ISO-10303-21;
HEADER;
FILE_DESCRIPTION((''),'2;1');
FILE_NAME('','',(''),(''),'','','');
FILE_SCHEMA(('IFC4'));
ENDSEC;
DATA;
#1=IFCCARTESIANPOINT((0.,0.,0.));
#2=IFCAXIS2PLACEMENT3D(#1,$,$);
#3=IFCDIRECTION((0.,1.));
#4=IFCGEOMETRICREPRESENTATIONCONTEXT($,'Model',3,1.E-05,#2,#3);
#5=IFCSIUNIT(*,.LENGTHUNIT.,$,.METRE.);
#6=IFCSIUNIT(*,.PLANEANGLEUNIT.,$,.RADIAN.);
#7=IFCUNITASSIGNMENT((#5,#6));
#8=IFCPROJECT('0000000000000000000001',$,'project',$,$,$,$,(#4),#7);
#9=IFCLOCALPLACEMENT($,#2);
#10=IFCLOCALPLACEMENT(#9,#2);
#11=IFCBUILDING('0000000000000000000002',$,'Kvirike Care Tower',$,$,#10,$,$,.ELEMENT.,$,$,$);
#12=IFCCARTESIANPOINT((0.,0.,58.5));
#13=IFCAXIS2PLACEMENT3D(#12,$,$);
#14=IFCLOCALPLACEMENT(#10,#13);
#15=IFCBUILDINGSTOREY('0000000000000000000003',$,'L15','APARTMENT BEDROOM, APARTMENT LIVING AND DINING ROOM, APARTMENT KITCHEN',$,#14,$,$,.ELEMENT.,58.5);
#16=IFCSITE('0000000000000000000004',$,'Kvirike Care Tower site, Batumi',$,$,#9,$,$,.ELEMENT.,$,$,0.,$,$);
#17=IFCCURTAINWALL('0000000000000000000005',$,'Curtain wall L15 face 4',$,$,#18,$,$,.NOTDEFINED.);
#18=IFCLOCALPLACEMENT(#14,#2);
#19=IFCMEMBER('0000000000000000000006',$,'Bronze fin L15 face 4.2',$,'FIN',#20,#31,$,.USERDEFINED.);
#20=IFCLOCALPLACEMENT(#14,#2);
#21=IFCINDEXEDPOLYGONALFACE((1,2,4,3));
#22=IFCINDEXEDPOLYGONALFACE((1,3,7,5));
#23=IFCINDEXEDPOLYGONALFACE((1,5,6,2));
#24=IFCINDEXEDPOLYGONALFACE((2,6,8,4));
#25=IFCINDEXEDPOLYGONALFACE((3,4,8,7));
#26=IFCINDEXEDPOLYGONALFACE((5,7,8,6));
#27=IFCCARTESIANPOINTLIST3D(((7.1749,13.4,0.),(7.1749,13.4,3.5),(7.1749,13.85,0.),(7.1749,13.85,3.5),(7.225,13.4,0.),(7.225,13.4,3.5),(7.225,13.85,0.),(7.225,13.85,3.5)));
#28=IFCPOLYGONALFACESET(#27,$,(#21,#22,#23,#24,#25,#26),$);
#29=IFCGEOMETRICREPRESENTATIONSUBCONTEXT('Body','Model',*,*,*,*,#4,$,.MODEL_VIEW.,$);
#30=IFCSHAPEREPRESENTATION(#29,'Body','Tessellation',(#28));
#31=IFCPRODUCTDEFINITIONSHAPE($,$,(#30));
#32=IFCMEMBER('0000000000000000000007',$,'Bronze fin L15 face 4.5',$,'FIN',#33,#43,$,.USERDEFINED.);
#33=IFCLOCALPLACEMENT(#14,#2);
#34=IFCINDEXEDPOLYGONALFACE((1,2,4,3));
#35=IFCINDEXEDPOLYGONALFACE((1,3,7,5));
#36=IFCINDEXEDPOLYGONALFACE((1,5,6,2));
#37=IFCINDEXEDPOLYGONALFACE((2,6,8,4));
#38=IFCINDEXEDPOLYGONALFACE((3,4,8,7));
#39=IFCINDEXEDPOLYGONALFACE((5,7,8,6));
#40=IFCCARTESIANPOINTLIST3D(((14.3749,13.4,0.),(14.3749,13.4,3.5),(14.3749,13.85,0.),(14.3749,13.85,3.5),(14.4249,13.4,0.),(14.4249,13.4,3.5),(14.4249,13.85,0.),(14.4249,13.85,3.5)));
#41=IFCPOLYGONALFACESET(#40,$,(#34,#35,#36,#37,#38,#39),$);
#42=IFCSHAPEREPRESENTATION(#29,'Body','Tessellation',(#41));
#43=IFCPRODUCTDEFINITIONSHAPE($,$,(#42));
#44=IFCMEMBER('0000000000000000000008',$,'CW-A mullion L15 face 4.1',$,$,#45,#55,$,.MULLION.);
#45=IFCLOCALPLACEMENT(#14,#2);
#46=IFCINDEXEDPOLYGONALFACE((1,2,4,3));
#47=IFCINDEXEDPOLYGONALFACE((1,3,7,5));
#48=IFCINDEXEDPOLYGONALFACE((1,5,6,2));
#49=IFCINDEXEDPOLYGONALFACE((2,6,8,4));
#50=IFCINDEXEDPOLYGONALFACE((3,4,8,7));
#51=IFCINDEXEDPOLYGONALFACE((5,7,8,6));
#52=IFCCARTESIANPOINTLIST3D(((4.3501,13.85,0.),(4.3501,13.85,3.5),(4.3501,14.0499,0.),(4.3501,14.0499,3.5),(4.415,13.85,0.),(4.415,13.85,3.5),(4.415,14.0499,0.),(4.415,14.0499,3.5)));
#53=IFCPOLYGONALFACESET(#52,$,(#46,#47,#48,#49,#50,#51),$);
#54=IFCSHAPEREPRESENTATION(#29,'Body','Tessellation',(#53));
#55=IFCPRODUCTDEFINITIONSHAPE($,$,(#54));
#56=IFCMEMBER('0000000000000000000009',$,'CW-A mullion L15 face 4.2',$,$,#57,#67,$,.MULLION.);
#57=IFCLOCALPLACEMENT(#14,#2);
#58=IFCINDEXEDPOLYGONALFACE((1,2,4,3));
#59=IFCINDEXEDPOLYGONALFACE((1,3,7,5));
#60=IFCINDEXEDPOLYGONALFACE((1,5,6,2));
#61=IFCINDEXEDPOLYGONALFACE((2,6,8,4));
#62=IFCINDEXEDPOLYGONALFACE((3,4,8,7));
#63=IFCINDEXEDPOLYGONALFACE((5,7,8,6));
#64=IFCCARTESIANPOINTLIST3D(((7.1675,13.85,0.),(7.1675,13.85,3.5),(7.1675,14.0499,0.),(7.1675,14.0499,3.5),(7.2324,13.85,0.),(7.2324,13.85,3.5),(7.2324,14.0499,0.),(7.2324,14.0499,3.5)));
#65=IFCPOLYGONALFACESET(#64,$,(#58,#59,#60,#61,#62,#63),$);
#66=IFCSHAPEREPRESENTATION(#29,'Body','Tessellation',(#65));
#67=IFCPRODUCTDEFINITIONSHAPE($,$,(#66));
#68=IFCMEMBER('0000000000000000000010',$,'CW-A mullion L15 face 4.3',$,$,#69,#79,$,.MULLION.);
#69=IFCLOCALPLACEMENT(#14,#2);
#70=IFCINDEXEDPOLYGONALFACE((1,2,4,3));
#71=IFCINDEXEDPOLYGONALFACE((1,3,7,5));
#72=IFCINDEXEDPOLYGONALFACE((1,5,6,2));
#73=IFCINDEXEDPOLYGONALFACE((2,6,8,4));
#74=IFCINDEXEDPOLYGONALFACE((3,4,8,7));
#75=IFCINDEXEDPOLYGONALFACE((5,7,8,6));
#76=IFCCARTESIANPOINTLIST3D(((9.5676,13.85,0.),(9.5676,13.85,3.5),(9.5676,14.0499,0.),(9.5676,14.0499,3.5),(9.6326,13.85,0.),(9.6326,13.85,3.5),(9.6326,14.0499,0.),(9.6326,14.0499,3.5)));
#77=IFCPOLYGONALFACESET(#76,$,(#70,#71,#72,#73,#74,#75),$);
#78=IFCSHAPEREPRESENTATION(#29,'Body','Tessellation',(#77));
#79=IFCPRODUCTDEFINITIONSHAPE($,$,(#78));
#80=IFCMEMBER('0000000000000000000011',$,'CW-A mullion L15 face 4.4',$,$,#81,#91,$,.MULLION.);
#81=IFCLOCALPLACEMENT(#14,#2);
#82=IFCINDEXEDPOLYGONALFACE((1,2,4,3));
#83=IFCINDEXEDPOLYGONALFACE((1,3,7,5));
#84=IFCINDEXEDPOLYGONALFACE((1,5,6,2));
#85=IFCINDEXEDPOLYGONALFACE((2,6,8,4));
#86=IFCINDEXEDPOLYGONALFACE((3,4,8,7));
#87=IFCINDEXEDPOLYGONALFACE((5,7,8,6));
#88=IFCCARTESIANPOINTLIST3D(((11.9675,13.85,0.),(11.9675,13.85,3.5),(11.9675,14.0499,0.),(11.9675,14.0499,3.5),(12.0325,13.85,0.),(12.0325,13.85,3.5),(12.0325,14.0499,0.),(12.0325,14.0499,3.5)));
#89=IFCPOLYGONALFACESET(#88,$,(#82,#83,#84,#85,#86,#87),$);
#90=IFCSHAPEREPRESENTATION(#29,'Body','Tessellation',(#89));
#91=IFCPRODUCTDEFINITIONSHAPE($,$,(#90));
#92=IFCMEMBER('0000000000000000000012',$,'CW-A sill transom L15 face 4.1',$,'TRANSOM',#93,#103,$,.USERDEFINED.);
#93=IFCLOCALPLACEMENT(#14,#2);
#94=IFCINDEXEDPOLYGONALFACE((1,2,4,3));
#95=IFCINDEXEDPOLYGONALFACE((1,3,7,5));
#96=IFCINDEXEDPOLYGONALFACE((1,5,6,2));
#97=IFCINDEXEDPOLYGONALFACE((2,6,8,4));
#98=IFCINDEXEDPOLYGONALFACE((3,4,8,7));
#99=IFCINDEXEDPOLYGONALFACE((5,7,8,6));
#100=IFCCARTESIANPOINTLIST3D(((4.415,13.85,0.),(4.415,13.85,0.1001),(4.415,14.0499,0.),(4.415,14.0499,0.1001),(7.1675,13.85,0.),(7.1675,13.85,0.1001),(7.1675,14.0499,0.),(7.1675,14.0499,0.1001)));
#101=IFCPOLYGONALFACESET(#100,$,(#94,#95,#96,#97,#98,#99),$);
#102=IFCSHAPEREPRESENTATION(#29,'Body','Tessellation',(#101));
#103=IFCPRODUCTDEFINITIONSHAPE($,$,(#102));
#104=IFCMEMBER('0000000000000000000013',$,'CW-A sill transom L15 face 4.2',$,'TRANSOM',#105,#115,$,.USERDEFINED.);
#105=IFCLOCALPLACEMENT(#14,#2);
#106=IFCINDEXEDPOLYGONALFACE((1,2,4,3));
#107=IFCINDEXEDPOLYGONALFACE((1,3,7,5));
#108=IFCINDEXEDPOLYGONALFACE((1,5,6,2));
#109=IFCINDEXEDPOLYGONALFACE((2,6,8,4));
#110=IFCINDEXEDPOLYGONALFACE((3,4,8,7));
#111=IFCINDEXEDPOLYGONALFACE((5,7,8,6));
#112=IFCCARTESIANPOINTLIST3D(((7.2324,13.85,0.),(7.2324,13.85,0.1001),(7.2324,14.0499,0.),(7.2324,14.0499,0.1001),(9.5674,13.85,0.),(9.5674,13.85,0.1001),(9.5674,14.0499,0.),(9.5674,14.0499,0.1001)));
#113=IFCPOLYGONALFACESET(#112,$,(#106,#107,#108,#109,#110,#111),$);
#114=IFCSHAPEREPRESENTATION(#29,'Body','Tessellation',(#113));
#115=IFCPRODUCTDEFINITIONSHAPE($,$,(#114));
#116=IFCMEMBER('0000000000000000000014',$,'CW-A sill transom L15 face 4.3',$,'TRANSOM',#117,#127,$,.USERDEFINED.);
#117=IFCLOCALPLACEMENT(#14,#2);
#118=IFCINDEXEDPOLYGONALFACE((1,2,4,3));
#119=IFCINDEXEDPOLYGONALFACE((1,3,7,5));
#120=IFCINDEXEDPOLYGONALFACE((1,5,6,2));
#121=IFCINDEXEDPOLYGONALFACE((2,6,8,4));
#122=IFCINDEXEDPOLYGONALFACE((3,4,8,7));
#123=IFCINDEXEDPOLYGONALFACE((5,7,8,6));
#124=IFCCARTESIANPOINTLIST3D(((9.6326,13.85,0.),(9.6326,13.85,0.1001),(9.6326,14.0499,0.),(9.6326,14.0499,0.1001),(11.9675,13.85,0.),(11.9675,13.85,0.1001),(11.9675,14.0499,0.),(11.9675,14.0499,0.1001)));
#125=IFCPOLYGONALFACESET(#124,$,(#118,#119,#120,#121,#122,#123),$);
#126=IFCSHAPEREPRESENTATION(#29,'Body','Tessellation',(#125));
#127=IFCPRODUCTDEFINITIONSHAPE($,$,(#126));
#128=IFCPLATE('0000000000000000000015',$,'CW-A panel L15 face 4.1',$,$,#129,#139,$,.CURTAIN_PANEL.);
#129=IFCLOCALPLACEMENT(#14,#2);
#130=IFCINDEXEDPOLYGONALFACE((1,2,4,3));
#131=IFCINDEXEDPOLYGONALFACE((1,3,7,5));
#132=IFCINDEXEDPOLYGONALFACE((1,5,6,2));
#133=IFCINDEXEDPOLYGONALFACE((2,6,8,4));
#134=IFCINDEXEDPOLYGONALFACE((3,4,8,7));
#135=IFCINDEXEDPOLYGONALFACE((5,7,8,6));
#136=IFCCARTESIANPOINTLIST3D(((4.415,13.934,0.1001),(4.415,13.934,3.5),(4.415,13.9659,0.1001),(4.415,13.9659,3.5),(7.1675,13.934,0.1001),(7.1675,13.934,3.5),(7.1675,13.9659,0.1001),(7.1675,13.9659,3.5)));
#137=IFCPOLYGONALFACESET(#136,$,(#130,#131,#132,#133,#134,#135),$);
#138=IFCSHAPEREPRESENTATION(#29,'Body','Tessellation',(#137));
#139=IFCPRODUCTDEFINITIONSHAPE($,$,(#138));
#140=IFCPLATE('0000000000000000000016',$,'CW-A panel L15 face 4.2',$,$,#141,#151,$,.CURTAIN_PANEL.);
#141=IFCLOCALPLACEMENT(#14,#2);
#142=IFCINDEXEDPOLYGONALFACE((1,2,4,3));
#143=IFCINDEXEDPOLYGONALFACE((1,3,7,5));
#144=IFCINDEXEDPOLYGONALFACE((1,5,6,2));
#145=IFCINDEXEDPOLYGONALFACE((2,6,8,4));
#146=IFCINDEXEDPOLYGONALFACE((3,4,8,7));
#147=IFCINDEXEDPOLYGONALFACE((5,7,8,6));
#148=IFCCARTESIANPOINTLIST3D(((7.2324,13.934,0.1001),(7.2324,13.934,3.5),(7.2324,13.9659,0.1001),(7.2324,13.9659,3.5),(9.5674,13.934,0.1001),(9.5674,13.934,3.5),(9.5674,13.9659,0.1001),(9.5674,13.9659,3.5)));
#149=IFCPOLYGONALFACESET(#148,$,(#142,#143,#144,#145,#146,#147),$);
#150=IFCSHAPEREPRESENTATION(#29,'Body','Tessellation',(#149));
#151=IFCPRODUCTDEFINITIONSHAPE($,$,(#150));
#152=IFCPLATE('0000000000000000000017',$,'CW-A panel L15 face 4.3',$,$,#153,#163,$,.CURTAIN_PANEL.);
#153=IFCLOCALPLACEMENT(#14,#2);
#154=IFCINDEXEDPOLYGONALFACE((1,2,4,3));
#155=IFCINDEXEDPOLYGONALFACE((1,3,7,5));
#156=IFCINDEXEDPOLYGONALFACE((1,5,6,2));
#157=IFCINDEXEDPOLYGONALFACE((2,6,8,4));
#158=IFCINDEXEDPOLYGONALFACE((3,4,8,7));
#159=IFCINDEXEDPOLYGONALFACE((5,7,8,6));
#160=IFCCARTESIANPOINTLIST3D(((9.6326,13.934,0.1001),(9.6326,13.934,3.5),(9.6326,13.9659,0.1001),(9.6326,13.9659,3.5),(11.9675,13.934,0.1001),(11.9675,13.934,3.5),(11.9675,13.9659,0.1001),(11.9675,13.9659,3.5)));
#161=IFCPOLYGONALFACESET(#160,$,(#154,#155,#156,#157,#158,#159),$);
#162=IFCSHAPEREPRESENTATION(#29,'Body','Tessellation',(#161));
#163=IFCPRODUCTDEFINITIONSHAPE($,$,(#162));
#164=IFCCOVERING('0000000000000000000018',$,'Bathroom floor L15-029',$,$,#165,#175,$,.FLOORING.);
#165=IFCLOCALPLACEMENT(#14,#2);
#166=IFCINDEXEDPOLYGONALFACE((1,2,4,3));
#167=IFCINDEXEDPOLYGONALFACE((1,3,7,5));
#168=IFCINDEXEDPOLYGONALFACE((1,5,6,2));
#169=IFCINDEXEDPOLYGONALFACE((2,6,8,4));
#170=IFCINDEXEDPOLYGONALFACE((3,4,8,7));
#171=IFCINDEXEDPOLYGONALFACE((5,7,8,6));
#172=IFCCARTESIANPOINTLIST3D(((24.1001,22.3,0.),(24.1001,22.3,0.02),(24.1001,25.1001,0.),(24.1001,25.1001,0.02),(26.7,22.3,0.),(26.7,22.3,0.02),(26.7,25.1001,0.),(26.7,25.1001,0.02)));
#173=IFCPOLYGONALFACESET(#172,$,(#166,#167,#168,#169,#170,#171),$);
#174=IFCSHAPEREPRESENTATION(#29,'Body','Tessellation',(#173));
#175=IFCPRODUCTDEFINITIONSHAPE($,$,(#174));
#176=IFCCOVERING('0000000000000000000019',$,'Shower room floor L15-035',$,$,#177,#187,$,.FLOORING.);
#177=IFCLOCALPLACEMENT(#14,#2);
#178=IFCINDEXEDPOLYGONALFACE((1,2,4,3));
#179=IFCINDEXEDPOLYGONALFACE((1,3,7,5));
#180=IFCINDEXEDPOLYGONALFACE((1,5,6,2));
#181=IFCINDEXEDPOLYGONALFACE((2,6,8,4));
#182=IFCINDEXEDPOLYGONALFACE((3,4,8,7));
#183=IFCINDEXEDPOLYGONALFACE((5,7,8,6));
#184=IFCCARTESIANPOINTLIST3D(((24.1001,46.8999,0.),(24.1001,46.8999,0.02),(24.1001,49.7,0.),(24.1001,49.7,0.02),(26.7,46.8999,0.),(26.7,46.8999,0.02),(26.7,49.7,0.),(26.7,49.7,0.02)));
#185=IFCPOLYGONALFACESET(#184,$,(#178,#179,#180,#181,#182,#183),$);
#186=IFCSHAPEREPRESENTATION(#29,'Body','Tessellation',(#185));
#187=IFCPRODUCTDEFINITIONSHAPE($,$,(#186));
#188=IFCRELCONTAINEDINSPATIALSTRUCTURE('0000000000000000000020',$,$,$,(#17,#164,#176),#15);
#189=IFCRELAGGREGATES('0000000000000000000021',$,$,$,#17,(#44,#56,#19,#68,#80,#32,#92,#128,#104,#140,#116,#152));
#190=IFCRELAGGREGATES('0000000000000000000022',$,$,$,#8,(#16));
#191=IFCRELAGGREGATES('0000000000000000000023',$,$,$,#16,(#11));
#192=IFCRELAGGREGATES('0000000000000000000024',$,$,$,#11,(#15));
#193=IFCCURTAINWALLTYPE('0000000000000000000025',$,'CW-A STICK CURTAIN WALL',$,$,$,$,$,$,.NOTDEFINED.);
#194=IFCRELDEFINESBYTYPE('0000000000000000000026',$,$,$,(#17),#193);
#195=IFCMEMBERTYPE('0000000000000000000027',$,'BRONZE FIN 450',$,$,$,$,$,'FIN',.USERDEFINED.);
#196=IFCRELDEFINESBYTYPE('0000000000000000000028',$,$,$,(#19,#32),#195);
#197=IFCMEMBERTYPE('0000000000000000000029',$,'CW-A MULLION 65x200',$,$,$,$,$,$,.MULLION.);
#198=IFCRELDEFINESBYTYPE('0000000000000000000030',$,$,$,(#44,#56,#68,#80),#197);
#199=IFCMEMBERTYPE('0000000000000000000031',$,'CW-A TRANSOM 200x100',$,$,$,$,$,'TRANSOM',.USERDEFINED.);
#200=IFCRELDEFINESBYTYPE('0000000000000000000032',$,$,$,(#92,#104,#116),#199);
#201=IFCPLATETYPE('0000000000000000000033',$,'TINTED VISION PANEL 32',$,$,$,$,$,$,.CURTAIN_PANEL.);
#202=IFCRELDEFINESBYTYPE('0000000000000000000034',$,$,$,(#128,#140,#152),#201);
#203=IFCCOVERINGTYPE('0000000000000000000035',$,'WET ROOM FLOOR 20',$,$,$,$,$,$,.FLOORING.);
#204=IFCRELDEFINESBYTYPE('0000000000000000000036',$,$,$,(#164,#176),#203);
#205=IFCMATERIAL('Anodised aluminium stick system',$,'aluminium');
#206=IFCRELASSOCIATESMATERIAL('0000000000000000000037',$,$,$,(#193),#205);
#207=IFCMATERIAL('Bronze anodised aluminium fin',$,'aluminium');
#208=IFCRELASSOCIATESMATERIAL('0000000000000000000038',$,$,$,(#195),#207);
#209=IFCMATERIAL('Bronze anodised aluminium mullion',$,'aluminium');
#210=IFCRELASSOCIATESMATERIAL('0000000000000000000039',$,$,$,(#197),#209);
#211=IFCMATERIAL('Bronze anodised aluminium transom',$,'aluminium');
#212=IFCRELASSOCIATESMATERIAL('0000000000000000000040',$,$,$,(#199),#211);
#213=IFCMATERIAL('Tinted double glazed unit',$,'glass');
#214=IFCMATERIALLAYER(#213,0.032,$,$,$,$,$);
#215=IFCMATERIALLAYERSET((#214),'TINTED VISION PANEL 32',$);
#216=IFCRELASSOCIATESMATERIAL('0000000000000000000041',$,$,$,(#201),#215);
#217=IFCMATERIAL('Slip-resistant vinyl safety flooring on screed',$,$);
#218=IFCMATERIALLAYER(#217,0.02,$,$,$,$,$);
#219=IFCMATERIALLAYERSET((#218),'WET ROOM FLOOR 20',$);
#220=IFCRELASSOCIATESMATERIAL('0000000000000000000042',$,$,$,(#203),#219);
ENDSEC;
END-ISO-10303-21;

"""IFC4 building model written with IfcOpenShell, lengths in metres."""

from ifc_helpers import new_model, si_unit, direction, frame, origin, origin_2d, place, context, subcontext, project, spatial, polyline, rectangle, outline, extrude, material, layer, layer_set, material_profile, profile_set, type_object, element, aggregate, save


model = new_model("IFC4")

# Units and contexts
model_context = context("Model", 3, precision=1e-05, world=origin(), true_north=direction((0.0, 1.0)))
body_context = subcontext(model_context, "Body", "Model", "MODEL_VIEW")
ifc_project = project(units=[si_unit("LENGTHUNIT", "METRE"), si_unit("PLANEANGLEUNIT", "RADIAN")], contexts=[model_context])

# Site, building, storey
site_placement = place(None, origin())
site = spatial("IfcSite", under=ifc_project, at=site_placement, Name="Kvirike Care Tower site, Batumi", CompositionType="ELEMENT", RefElevation=0.0)
building_placement = place(site_placement, origin())
building = spatial("IfcBuilding", under=site, at=building_placement, Name="Kvirike Care Tower", CompositionType="ELEMENT")
storey_placement = place(building_placement, frame((0.0, 0.0, 58.5)))
storey = spatial("IfcBuildingStorey", under=building, at=storey_placement, Name="L15", Description="APARTMENT BEDROOM, APARTMENT LIVING AND DINING ROOM, APARTMENT KITCHEN", CompositionType="ELEMENT", Elevation=58.5)

# Curtain wall, members, plates
ifc_material_1 = material(Name="Anodised aluminium stick system", Category="aluminium")
curtain_wall_type = type_object("IfcCurtainWallType", Name="CW-A STICK CURTAIN WALL", PredefinedType="NOTDEFINED", material=ifc_material_1)
curtain_wall_placement = place(storey_placement, origin())
curtain_wall = element("IfcCurtainWall", 1, at=curtain_wall_placement, inside=storey, type_object=curtain_wall_type, Name="Curtain wall L15 face 4", PredefinedType="NOTDEFINED")
ifc_material_2 = material(Name="Bronze anodised aluminium fin", Category="aluminium")
ifc_material_profile_1 = material_profile(ifc_material_2, rectangle(XDim=0.05, YDim=0.45, at=origin_2d()), Name="BRONZE FIN 450")
ifc_profile_set_1 = profile_set([ifc_material_profile_1], Name="Bronze anodised aluminium fin")
member_type_1 = type_object("IfcMemberType", Name="BRONZE FIN 450", ElementType="FIN", PredefinedType="USERDEFINED", material=ifc_profile_set_1)
member_1_placement = place(storey_placement, frame((7.2, 13.625, 0.0), z_axis=(0.0, 0.0, 1.0), x_axis=(1.0, 0.0, 0.0)))
member_1 = element("IfcMember", 2, at=member_1_placement, type_object=member_type_1, Name="Bronze fin L15 face 4.2", ObjectType="FIN", PredefinedType="USERDEFINED", context=body_context, shape_type="SweptSolid", body=[
    extrude(rectangle(XDim=0.05, YDim=0.45, at=origin_2d()), origin(), (0.0, 0.0, 1.0), 3.5),
])
member_2_placement = place(storey_placement, frame((14.3999, 13.625, 0.0), z_axis=(0.0, 0.0, 1.0), x_axis=(1.0, 0.0, 0.0)))
member_2 = element("IfcMember", 3, at=member_2_placement, type_object=member_type_1, Name="Bronze fin L15 face 4.5", ObjectType="FIN", PredefinedType="USERDEFINED", context=body_context, shape_type="SweptSolid", body=[
    extrude(rectangle(XDim=0.05, YDim=0.45, at=origin_2d()), origin(), (0.0, 0.0, 1.0), 3.5),
])
ifc_material_3 = material(Name="Bronze anodised aluminium mullion", Category="aluminium")
ifc_material_profile_2 = material_profile(ifc_material_3, rectangle(XDim=0.0649, YDim=0.2, at=origin_2d()), Name="CW-A MULLION 65x200")
ifc_profile_set_2 = profile_set([ifc_material_profile_2], Name="Bronze anodised aluminium mullion")
member_type_2 = type_object("IfcMemberType", Name="CW-A MULLION 65x200", PredefinedType="MULLION", material=ifc_profile_set_2)
member_3_placement = place(storey_placement, frame((4.3826, 13.95, 0.0), z_axis=(0.0, 0.0, 1.0), x_axis=(1.0, 0.0, 0.0)))
member_3 = element("IfcMember", 4, at=member_3_placement, type_object=member_type_2, Name="CW-A mullion L15 face 4.1", PredefinedType="MULLION", context=body_context, shape_type="SweptSolid", body=[
    extrude(rectangle(XDim=0.0649, YDim=0.2, at=origin_2d()), origin(), (0.0, 0.0, 1.0), 3.5),
])
member_4_placement = place(storey_placement, frame((7.2, 13.95, 0.0), z_axis=(0.0, 0.0, 1.0), x_axis=(1.0, 0.0, 0.0)))
member_4 = element("IfcMember", 5, at=member_4_placement, type_object=member_type_2, Name="CW-A mullion L15 face 4.2", PredefinedType="MULLION", context=body_context, shape_type="SweptSolid", body=[
    extrude(rectangle(XDim=0.0649, YDim=0.2, at=origin_2d()), origin(), (0.0, 0.0, 1.0), 3.5),
])
member_5_placement = place(storey_placement, frame((9.6001, 13.95, 0.0), z_axis=(0.0, 0.0, 1.0), x_axis=(1.0, 0.0, 0.0)))
member_5 = element("IfcMember", 6, at=member_5_placement, type_object=member_type_2, Name="CW-A mullion L15 face 4.3", PredefinedType="MULLION", context=body_context, shape_type="SweptSolid", body=[
    extrude(rectangle(XDim=0.0649, YDim=0.2, at=origin_2d()), origin(), (0.0, 0.0, 1.0), 3.5),
])
member_6_placement = place(storey_placement, frame((12.0, 13.95, 0.0), z_axis=(0.0, 0.0, 1.0), x_axis=(1.0, 0.0, 0.0)))
member_6 = element("IfcMember", 7, at=member_6_placement, type_object=member_type_2, Name="CW-A mullion L15 face 4.4", PredefinedType="MULLION", context=body_context, shape_type="SweptSolid", body=[
    extrude(rectangle(XDim=0.0649, YDim=0.2, at=origin_2d()), origin(), (0.0, 0.0, 1.0), 3.5),
])
ifc_material_4 = material(Name="Bronze anodised aluminium transom", Category="aluminium")
ifc_material_profile_3 = material_profile(ifc_material_4, rectangle(XDim=0.2, YDim=0.1001, at=origin_2d()), Name="CW-A TRANSOM 200x100")
ifc_profile_set_3 = profile_set([ifc_material_profile_3], Name="Bronze anodised aluminium transom")
member_type_3 = type_object("IfcMemberType", Name="CW-A TRANSOM 200x100", ElementType="TRANSOM", PredefinedType="USERDEFINED", material=ifc_profile_set_3)
member_7_placement = place(storey_placement, frame((4.415, 13.95, 0.05), z_axis=(1.0, 0.0, 0.0), x_axis=(0.0, 1.0, 0.0)))
member_7 = element("IfcMember", 8, at=member_7_placement, type_object=member_type_3, Name="CW-A sill transom L15 face 4.1", ObjectType="TRANSOM", PredefinedType="USERDEFINED", context=body_context, shape_type="SweptSolid", body=[
    extrude(rectangle(XDim=0.2, YDim=0.1001, at=origin_2d()), origin(), (0.0, 0.0, 1.0), 2.7524),
])
member_8_placement = place(storey_placement, frame((7.2324, 13.95, 0.05), z_axis=(1.0, 0.0, 0.0), x_axis=(0.0, 1.0, 0.0)))
member_8 = element("IfcMember", 9, at=member_8_placement, type_object=member_type_3, Name="CW-A sill transom L15 face 4.2", ObjectType="TRANSOM", PredefinedType="USERDEFINED", context=body_context, shape_type="SweptSolid", body=[
    extrude(rectangle(XDim=0.2, YDim=0.1001, at=origin_2d()), origin(), (0.0, 0.0, 1.0), 2.335),
])
member_9_placement = place(storey_placement, frame((9.6326, 13.95, 0.05), z_axis=(1.0, 0.0, 0.0), x_axis=(0.0, 1.0, 0.0)))
member_9 = element("IfcMember", 10, at=member_9_placement, type_object=member_type_3, Name="CW-A sill transom L15 face 4.3", ObjectType="TRANSOM", PredefinedType="USERDEFINED", context=body_context, shape_type="SweptSolid", body=[
    extrude(rectangle(XDim=0.2, YDim=0.1001, at=origin_2d()), origin(), (0.0, 0.0, 1.0), 2.335),
])
ifc_material_5 = material(Name="Tinted double glazed unit", Category="glass")
ifc_layer_1 = layer(ifc_material_5, 0.032)
ifc_layer_set_1 = layer_set([ifc_layer_1], Name="TINTED VISION PANEL 32")
plate_type = type_object("IfcPlateType", Name="TINTED VISION PANEL 32", PredefinedType="CURTAIN_PANEL", material=ifc_layer_set_1)
plate_1_placement = place(storey_placement, frame((5.7913, 13.95, 0.1001), z_axis=(0.0, 0.0, 1.0), x_axis=(1.0, 0.0, 0.0)))
plate_1 = element("IfcPlate", 11, at=plate_1_placement, type_object=plate_type, Name="CW-A panel L15 face 4.1", PredefinedType="CURTAIN_PANEL", context=body_context, shape_type="SweptSolid", body=[
    extrude(rectangle(XDim=2.7524, YDim=0.032, at=origin_2d()), origin(), (0.0, 0.0, 1.0), 3.3999),
])
plate_2_placement = place(storey_placement, frame((8.3999, 13.95, 0.1001), z_axis=(0.0, 0.0, 1.0), x_axis=(1.0, 0.0, 0.0)))
plate_2 = element("IfcPlate", 12, at=plate_2_placement, type_object=plate_type, Name="CW-A panel L15 face 4.2", PredefinedType="CURTAIN_PANEL", context=body_context, shape_type="SweptSolid", body=[
    extrude(rectangle(XDim=2.335, YDim=0.032, at=origin_2d()), origin(), (0.0, 0.0, 1.0), 3.3999),
])
plate_3_placement = place(storey_placement, frame((10.8, 13.95, 0.1001), z_axis=(0.0, 0.0, 1.0), x_axis=(1.0, 0.0, 0.0)))
plate_3 = element("IfcPlate", 13, at=plate_3_placement, type_object=plate_type, Name="CW-A panel L15 face 4.3", PredefinedType="CURTAIN_PANEL", context=body_context, shape_type="SweptSolid", body=[
    extrude(rectangle(XDim=2.335, YDim=0.032, at=origin_2d()), origin(), (0.0, 0.0, 1.0), 3.3999),
])
aggregate(curtain_wall, [member_3, member_4, member_1, member_5, member_6, member_2, member_7, plate_1, member_8, plate_2, member_9, plate_3])

# Coverings
ifc_material_6 = material(Name="Slip-resistant vinyl safety flooring on screed")
ifc_layer_2 = layer(ifc_material_6, 0.02)
ifc_layer_set_2 = layer_set([ifc_layer_2], Name="WET ROOM FLOOR 20")
covering_type = type_object("IfcCoveringType", Name="WET ROOM FLOOR 20", PredefinedType="FLOORING", material=ifc_layer_set_2)
covering_1_placement = place(storey_placement, origin())
element("IfcCovering", 14, at=covering_1_placement, inside=storey, type_object=covering_type, Name="Bathroom floor L15-029", PredefinedType="FLOORING", context=body_context, shape_type="SweptSolid", body=[
    extrude(outline(polyline([(24.1001, 22.3), (24.1001, 25.1001), (26.7, 25.1001), (26.7, 22.3), (24.1001, 22.3)])), origin(), (0.0, 0.0, 1.0), 0.02),
])
covering_2_placement = place(storey_placement, origin())
element("IfcCovering", 15, at=covering_2_placement, inside=storey, type_object=covering_type, Name="Shower room floor L15-035", PredefinedType="FLOORING", context=body_context, shape_type="SweptSolid", body=[
    extrude(outline(polyline([(26.7, 49.7), (26.7, 46.8999), (24.1001, 46.8999), (24.1001, 49.7), (26.7, 49.7)])), origin(), (0.0, 0.0, 1.0), 0.02),
])

save(model, "model.ifc")
